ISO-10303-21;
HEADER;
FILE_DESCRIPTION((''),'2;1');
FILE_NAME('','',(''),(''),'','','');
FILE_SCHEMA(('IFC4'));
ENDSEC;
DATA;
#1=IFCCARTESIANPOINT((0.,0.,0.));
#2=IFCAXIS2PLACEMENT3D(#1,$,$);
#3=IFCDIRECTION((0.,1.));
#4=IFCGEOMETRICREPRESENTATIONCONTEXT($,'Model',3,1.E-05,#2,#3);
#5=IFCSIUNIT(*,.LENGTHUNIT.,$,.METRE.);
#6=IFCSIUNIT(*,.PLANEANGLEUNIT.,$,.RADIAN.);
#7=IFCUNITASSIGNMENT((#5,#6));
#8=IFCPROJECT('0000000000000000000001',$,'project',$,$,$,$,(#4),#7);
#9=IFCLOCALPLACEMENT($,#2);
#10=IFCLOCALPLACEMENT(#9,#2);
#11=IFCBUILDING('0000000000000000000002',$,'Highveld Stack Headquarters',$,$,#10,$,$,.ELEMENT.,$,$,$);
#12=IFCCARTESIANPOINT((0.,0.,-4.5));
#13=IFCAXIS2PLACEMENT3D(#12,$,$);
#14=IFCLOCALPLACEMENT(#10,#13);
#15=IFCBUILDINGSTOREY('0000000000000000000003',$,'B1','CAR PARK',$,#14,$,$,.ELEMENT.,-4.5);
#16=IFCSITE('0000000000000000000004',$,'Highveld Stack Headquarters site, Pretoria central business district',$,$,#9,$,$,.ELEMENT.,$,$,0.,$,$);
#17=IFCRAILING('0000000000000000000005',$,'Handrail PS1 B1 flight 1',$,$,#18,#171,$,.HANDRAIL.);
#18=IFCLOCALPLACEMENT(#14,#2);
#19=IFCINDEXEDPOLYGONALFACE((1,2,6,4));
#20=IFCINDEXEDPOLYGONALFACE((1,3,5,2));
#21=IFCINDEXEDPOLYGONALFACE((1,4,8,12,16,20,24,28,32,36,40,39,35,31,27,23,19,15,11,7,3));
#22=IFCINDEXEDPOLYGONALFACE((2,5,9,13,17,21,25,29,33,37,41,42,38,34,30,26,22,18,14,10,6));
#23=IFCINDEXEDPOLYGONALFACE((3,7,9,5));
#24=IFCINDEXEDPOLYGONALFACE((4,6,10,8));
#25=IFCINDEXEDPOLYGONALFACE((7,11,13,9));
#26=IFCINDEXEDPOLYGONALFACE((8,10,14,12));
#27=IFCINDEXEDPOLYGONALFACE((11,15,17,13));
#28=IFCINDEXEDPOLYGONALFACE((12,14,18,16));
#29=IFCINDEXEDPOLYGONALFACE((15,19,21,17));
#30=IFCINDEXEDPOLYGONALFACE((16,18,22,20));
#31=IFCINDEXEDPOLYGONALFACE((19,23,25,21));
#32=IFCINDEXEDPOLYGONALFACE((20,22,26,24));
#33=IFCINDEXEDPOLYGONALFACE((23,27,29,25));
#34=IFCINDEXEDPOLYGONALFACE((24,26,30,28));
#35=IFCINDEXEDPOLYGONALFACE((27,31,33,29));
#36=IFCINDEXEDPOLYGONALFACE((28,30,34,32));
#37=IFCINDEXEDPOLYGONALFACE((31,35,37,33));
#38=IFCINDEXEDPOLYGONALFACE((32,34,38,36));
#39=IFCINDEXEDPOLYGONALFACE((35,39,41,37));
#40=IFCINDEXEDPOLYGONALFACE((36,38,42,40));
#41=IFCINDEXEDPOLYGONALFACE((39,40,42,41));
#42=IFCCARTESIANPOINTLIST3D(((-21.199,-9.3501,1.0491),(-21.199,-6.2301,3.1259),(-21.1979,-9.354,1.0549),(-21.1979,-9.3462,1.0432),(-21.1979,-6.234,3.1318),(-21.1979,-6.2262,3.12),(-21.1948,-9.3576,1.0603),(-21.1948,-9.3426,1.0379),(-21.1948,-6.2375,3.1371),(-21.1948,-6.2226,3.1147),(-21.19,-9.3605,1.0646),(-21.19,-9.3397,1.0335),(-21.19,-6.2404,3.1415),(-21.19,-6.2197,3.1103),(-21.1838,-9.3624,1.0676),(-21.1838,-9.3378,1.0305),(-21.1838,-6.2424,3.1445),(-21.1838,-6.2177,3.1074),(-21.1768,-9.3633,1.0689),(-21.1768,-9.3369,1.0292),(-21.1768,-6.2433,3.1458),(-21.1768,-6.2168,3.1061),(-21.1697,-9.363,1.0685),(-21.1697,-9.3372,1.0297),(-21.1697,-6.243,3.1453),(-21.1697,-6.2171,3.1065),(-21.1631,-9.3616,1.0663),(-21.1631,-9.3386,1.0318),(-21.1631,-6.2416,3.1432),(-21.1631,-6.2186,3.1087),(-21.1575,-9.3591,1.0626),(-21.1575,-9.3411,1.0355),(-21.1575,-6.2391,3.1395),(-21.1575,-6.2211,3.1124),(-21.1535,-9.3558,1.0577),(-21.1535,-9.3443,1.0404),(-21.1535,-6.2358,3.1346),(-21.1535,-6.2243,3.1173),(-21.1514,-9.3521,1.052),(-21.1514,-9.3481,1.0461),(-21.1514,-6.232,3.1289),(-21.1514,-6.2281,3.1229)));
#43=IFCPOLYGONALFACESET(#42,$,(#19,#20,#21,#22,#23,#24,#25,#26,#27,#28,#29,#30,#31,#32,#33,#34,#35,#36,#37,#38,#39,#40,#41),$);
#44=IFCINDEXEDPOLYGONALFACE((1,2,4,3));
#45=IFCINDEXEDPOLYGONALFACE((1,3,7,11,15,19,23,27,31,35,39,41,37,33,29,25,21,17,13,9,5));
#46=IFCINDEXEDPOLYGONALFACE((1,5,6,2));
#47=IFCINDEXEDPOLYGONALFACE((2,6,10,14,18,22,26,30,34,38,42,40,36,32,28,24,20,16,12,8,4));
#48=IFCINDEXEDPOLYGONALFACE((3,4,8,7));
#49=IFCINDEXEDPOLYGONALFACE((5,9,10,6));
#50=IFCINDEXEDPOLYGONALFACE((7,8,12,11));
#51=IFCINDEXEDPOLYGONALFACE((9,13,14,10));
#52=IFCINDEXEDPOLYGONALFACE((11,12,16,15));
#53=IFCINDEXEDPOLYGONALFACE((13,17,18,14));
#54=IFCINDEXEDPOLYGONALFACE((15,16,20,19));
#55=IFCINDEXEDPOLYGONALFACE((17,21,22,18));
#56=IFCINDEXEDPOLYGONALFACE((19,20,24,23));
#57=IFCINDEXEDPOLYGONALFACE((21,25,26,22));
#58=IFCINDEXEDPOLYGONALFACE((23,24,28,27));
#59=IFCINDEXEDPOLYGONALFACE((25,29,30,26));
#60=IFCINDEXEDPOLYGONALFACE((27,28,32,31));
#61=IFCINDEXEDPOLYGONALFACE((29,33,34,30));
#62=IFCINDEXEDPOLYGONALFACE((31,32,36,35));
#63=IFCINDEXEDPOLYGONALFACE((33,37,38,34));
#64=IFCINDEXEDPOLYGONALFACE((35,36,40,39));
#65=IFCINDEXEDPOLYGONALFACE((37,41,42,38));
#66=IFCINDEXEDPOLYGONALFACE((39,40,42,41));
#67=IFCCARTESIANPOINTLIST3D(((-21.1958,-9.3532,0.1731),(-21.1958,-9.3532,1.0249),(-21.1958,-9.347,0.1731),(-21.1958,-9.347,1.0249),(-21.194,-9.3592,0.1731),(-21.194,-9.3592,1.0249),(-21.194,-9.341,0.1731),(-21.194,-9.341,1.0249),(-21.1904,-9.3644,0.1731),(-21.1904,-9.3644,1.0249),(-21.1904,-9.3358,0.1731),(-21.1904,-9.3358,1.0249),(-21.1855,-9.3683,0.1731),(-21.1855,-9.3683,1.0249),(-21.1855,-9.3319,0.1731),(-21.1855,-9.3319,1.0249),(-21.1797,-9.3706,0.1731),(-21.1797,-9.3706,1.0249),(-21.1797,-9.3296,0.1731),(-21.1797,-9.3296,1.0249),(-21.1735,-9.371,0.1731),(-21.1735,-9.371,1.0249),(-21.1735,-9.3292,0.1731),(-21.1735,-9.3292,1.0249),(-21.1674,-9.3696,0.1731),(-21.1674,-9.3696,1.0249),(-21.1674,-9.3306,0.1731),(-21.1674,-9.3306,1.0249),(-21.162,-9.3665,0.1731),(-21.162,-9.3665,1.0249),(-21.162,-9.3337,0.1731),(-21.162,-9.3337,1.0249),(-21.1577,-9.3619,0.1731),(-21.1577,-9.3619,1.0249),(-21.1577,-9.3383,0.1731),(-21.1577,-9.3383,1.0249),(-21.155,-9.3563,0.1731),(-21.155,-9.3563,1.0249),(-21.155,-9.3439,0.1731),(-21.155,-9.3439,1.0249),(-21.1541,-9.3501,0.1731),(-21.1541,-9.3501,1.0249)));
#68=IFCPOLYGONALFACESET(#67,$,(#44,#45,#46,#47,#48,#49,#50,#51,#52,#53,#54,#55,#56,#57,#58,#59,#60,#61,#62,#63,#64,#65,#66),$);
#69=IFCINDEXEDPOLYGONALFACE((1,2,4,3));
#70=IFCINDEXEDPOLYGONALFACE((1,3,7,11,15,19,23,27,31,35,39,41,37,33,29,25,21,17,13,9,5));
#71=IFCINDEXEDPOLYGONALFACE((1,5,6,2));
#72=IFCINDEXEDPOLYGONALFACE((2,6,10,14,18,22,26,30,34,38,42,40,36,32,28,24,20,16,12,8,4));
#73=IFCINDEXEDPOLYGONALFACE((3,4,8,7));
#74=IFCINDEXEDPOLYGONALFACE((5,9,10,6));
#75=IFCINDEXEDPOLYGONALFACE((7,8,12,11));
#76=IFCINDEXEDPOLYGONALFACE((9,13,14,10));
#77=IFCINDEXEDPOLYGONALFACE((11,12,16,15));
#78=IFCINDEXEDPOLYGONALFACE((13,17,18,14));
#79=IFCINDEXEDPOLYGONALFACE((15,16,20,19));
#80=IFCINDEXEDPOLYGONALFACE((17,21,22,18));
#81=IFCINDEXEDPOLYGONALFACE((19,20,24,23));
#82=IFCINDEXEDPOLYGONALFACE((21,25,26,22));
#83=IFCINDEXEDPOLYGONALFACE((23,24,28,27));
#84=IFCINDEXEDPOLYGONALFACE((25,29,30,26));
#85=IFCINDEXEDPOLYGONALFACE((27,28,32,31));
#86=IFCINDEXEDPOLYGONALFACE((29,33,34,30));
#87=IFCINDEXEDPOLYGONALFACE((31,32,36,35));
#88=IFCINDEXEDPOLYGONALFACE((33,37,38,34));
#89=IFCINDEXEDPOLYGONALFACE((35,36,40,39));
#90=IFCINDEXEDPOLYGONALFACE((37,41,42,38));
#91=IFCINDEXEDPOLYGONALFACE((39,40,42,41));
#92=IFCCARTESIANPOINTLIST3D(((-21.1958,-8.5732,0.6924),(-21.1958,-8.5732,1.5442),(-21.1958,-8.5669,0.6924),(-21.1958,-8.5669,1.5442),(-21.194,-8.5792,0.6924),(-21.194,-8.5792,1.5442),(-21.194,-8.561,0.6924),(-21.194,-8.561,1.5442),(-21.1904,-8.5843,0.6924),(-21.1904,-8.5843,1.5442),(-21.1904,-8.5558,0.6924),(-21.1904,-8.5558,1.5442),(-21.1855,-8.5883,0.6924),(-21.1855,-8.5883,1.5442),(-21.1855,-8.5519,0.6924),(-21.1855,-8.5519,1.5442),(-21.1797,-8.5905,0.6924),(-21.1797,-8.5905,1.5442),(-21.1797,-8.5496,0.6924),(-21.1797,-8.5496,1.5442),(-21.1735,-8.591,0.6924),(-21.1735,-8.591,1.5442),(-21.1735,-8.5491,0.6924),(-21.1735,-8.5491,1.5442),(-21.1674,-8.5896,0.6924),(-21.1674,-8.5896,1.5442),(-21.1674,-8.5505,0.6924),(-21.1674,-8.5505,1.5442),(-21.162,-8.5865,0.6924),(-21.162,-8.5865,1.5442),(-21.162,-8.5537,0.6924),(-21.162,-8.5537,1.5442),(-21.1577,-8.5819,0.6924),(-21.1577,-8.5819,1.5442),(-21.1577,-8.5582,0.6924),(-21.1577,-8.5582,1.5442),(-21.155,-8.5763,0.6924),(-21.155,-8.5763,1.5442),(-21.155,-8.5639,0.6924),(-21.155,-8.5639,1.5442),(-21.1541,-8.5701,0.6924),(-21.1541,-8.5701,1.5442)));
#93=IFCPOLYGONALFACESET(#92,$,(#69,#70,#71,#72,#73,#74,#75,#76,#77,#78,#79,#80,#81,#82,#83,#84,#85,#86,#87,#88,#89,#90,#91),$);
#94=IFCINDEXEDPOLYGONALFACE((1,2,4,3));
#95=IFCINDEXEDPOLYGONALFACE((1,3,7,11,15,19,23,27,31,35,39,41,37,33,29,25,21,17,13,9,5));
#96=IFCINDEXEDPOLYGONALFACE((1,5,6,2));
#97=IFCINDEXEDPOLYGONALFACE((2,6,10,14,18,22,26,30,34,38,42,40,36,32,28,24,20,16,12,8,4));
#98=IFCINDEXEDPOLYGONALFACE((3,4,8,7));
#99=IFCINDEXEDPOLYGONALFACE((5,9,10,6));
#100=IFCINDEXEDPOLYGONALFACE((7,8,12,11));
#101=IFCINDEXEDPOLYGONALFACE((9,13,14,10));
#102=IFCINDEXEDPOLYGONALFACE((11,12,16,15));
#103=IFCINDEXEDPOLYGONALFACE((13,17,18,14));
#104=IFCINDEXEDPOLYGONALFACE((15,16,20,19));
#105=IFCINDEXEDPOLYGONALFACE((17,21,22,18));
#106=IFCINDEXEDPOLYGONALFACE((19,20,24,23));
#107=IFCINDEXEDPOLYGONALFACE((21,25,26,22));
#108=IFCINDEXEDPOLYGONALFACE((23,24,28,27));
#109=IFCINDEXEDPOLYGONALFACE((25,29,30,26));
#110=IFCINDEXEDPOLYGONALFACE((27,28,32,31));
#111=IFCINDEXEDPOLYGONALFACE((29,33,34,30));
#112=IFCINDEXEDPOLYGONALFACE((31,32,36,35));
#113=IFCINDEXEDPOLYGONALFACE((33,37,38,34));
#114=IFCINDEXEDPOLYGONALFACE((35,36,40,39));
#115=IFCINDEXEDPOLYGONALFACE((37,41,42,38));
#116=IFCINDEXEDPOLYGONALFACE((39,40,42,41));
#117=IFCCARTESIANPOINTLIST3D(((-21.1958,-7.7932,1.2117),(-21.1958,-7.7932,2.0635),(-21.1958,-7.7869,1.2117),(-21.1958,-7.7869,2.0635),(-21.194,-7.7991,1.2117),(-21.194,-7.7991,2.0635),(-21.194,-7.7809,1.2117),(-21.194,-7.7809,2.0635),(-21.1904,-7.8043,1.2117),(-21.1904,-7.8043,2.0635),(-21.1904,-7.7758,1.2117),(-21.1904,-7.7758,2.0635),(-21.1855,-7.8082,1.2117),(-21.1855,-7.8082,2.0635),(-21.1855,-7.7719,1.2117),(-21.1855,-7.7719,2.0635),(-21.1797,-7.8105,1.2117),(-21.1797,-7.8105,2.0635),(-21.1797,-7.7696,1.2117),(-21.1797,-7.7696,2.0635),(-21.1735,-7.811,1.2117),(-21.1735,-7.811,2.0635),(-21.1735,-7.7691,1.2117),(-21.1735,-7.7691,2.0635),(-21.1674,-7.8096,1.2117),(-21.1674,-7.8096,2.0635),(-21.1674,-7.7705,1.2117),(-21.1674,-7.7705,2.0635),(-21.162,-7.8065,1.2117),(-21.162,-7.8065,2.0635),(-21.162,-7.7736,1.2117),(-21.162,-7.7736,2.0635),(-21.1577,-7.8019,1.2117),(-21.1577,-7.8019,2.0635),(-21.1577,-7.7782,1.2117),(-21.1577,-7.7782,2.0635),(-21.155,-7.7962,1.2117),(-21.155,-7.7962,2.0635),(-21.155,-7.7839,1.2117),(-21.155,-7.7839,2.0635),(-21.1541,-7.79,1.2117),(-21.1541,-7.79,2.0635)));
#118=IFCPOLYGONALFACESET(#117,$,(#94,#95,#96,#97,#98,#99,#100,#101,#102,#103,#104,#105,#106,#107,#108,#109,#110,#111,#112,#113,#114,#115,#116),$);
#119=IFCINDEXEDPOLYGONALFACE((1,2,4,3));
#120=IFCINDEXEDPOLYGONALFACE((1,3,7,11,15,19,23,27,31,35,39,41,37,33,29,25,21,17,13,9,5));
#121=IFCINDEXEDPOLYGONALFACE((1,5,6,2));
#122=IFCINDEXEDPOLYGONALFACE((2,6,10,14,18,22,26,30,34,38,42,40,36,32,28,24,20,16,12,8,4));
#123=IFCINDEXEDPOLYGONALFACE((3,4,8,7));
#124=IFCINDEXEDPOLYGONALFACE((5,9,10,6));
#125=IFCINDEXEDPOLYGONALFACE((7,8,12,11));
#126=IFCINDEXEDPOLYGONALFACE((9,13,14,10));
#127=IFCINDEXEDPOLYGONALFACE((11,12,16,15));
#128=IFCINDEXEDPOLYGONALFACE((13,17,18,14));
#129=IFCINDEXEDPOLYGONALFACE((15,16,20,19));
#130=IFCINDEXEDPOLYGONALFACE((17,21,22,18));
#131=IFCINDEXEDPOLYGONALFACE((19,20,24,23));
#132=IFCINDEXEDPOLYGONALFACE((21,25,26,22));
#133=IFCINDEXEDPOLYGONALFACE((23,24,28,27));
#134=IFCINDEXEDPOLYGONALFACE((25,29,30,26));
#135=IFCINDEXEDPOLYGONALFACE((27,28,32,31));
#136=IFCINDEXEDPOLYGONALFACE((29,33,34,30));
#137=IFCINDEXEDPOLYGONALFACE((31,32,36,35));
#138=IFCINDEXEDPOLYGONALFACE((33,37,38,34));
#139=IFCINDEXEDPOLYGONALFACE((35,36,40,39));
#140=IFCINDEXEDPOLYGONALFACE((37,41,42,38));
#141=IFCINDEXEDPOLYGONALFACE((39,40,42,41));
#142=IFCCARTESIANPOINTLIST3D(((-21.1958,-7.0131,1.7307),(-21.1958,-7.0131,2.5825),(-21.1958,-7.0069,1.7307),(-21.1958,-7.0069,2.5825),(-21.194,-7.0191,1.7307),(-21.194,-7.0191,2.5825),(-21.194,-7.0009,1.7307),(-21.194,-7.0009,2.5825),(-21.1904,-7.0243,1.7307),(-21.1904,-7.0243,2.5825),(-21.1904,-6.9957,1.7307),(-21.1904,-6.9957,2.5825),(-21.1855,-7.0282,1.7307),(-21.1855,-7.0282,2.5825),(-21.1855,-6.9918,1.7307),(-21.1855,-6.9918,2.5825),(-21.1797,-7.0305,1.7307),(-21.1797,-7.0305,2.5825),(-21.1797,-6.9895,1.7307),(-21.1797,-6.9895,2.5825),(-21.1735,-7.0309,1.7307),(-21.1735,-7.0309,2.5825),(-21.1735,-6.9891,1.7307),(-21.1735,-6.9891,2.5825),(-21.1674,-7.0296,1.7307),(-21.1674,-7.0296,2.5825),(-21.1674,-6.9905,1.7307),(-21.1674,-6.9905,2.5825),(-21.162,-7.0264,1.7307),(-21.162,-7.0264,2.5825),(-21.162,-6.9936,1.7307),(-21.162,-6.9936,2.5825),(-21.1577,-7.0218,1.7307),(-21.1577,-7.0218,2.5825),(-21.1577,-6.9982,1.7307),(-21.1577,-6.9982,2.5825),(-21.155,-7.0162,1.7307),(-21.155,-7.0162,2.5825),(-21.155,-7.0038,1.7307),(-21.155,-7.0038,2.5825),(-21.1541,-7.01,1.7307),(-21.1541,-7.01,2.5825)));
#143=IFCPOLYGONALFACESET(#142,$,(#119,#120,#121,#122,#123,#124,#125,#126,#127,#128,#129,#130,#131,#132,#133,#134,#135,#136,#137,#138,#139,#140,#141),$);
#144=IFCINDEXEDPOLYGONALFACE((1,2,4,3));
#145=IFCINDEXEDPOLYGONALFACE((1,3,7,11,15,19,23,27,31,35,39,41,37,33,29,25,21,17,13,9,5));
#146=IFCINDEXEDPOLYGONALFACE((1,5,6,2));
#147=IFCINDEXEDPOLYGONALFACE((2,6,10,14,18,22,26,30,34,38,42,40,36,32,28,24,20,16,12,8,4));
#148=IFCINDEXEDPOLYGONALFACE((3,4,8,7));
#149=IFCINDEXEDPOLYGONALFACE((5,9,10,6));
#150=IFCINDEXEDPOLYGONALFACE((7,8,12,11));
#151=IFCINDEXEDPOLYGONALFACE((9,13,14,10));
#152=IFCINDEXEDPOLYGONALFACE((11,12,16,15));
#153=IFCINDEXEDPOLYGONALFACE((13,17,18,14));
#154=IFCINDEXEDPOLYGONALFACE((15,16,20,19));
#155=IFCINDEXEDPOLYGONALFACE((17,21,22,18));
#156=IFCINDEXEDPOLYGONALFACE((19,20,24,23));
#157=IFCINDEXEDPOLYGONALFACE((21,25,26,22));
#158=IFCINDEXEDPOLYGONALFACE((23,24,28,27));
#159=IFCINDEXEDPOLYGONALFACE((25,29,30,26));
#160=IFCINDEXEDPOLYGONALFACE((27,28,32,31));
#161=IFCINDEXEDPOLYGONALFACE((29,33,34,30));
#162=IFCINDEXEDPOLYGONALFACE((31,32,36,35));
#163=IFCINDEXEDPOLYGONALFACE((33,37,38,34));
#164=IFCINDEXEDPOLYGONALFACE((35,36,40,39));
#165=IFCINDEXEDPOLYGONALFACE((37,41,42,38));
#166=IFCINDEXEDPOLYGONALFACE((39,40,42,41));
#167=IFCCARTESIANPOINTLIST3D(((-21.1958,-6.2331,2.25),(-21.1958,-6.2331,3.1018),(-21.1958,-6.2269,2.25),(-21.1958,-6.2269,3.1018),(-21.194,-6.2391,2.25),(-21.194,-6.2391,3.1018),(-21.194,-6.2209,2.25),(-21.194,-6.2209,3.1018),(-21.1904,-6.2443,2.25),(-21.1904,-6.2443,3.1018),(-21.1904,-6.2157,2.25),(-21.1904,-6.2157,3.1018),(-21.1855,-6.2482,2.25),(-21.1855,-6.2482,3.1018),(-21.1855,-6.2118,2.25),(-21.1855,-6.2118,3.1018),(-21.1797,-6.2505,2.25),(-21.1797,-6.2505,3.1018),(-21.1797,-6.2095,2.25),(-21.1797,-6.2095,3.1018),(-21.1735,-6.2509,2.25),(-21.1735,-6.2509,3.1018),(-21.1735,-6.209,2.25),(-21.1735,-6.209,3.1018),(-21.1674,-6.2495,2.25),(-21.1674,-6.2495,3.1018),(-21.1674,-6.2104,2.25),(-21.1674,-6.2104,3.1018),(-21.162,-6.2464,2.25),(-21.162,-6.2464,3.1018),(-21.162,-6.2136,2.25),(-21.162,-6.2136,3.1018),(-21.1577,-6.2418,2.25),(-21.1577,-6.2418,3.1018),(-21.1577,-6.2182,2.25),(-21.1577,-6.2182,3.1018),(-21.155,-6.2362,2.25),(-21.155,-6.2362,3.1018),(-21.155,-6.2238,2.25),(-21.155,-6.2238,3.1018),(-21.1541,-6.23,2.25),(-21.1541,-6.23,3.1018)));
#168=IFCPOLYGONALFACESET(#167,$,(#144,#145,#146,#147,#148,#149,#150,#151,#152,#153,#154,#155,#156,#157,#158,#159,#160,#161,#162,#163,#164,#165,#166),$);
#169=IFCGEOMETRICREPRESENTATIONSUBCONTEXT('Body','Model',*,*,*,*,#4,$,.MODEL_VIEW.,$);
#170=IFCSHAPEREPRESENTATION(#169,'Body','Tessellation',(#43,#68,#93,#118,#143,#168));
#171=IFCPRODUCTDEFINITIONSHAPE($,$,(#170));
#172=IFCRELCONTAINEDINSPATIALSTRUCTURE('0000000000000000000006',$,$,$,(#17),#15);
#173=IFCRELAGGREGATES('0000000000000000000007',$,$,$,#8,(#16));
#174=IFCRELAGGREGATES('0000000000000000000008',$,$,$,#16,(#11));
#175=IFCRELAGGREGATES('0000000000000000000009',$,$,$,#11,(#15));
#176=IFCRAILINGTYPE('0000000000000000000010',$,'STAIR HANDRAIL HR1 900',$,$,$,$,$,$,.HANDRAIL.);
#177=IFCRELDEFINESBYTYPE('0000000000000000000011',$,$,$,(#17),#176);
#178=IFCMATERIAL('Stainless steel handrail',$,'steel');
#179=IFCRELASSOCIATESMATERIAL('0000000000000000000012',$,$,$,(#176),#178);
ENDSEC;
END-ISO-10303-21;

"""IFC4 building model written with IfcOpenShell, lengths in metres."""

from ifc_helpers import new_model, si_unit, direction, frame, origin, origin_2d, place, context, subcontext, project, spatial, circle, extrude, material, type_object, element, save


model = new_model("IFC4")

# Units and contexts
model_context = context("Model", 3, precision=1e-05, world=origin(), true_north=direction((0.0, 1.0)))
body_context = subcontext(model_context, "Body", "Model", "MODEL_VIEW")
ifc_project = project(units=[si_unit("LENGTHUNIT", "METRE"), si_unit("PLANEANGLEUNIT", "RADIAN")], contexts=[model_context])

# Site, building, storey
site_placement = place(None, origin())
site = spatial("IfcSite", under=ifc_project, at=site_placement, Name="Highveld Stack Headquarters site, Pretoria central business district", CompositionType="ELEMENT", RefElevation=0.0)
building_placement = place(site_placement, origin())
building = spatial("IfcBuilding", under=site, at=building_placement, Name="Highveld Stack Headquarters", CompositionType="ELEMENT")
storey_placement = place(building_placement, frame((0.0, 0.0, -4.5)))
storey = spatial("IfcBuildingStorey", under=building, at=storey_placement, Name="B1", Description="CAR PARK", CompositionType="ELEMENT", Elevation=-4.5)

# Railing
ifc_material_1 = material(Name="Stainless steel handrail", Category="steel")
railing_type_1 = type_object("IfcRailingType", Name="STAIR HANDRAIL HR1 900", PredefinedType="HANDRAIL", material=ifc_material_1)
for number, where, name in (
    (1, (-21.175, -9.3501, 0.1731), "Handrail PS1 B1 flight 1"),
):
    element("IfcRailing", number, at=place(storey_placement, frame(where)), inside=storey, type_object=railing_type_1, Name=name, PredefinedType="HANDRAIL", context=body_context, shape_type="SweptSolid", body=[
        extrude(circle(Radius=0.0239, at=origin_2d()), frame((0.0, 0.0, 0.876), z_axis=(0.0, 0.832441, 0.554114), x_axis=(-1.0, 0.0, 0.0)), (0.0, 0.0, 1.0), 3.748),
        extrude(circle(Radius=0.021, at=origin_2d()), origin(), (0.0, 0.0, 1.0), 0.8518),
        extrude(circle(Radius=0.021, at=origin_2d()), frame((0.0, 0.78, 0.5193)), (0.0, 0.0, 1.0), 0.8518),
        extrude(circle(Radius=0.021, at=origin_2d()), frame((0.0, 1.5601, 1.0386)), (0.0, 0.0, 1.0), 0.8518),
        extrude(circle(Radius=0.021, at=origin_2d()), frame((0.0, 2.3401, 1.5576)), (0.0, 0.0, 1.0), 0.8518),
        extrude(circle(Radius=0.021, at=origin_2d()), frame((0.0, 3.1201, 2.0769)), (0.0, 0.0, 1.0), 0.8518),
    ])

save(model, "model.ifc")
